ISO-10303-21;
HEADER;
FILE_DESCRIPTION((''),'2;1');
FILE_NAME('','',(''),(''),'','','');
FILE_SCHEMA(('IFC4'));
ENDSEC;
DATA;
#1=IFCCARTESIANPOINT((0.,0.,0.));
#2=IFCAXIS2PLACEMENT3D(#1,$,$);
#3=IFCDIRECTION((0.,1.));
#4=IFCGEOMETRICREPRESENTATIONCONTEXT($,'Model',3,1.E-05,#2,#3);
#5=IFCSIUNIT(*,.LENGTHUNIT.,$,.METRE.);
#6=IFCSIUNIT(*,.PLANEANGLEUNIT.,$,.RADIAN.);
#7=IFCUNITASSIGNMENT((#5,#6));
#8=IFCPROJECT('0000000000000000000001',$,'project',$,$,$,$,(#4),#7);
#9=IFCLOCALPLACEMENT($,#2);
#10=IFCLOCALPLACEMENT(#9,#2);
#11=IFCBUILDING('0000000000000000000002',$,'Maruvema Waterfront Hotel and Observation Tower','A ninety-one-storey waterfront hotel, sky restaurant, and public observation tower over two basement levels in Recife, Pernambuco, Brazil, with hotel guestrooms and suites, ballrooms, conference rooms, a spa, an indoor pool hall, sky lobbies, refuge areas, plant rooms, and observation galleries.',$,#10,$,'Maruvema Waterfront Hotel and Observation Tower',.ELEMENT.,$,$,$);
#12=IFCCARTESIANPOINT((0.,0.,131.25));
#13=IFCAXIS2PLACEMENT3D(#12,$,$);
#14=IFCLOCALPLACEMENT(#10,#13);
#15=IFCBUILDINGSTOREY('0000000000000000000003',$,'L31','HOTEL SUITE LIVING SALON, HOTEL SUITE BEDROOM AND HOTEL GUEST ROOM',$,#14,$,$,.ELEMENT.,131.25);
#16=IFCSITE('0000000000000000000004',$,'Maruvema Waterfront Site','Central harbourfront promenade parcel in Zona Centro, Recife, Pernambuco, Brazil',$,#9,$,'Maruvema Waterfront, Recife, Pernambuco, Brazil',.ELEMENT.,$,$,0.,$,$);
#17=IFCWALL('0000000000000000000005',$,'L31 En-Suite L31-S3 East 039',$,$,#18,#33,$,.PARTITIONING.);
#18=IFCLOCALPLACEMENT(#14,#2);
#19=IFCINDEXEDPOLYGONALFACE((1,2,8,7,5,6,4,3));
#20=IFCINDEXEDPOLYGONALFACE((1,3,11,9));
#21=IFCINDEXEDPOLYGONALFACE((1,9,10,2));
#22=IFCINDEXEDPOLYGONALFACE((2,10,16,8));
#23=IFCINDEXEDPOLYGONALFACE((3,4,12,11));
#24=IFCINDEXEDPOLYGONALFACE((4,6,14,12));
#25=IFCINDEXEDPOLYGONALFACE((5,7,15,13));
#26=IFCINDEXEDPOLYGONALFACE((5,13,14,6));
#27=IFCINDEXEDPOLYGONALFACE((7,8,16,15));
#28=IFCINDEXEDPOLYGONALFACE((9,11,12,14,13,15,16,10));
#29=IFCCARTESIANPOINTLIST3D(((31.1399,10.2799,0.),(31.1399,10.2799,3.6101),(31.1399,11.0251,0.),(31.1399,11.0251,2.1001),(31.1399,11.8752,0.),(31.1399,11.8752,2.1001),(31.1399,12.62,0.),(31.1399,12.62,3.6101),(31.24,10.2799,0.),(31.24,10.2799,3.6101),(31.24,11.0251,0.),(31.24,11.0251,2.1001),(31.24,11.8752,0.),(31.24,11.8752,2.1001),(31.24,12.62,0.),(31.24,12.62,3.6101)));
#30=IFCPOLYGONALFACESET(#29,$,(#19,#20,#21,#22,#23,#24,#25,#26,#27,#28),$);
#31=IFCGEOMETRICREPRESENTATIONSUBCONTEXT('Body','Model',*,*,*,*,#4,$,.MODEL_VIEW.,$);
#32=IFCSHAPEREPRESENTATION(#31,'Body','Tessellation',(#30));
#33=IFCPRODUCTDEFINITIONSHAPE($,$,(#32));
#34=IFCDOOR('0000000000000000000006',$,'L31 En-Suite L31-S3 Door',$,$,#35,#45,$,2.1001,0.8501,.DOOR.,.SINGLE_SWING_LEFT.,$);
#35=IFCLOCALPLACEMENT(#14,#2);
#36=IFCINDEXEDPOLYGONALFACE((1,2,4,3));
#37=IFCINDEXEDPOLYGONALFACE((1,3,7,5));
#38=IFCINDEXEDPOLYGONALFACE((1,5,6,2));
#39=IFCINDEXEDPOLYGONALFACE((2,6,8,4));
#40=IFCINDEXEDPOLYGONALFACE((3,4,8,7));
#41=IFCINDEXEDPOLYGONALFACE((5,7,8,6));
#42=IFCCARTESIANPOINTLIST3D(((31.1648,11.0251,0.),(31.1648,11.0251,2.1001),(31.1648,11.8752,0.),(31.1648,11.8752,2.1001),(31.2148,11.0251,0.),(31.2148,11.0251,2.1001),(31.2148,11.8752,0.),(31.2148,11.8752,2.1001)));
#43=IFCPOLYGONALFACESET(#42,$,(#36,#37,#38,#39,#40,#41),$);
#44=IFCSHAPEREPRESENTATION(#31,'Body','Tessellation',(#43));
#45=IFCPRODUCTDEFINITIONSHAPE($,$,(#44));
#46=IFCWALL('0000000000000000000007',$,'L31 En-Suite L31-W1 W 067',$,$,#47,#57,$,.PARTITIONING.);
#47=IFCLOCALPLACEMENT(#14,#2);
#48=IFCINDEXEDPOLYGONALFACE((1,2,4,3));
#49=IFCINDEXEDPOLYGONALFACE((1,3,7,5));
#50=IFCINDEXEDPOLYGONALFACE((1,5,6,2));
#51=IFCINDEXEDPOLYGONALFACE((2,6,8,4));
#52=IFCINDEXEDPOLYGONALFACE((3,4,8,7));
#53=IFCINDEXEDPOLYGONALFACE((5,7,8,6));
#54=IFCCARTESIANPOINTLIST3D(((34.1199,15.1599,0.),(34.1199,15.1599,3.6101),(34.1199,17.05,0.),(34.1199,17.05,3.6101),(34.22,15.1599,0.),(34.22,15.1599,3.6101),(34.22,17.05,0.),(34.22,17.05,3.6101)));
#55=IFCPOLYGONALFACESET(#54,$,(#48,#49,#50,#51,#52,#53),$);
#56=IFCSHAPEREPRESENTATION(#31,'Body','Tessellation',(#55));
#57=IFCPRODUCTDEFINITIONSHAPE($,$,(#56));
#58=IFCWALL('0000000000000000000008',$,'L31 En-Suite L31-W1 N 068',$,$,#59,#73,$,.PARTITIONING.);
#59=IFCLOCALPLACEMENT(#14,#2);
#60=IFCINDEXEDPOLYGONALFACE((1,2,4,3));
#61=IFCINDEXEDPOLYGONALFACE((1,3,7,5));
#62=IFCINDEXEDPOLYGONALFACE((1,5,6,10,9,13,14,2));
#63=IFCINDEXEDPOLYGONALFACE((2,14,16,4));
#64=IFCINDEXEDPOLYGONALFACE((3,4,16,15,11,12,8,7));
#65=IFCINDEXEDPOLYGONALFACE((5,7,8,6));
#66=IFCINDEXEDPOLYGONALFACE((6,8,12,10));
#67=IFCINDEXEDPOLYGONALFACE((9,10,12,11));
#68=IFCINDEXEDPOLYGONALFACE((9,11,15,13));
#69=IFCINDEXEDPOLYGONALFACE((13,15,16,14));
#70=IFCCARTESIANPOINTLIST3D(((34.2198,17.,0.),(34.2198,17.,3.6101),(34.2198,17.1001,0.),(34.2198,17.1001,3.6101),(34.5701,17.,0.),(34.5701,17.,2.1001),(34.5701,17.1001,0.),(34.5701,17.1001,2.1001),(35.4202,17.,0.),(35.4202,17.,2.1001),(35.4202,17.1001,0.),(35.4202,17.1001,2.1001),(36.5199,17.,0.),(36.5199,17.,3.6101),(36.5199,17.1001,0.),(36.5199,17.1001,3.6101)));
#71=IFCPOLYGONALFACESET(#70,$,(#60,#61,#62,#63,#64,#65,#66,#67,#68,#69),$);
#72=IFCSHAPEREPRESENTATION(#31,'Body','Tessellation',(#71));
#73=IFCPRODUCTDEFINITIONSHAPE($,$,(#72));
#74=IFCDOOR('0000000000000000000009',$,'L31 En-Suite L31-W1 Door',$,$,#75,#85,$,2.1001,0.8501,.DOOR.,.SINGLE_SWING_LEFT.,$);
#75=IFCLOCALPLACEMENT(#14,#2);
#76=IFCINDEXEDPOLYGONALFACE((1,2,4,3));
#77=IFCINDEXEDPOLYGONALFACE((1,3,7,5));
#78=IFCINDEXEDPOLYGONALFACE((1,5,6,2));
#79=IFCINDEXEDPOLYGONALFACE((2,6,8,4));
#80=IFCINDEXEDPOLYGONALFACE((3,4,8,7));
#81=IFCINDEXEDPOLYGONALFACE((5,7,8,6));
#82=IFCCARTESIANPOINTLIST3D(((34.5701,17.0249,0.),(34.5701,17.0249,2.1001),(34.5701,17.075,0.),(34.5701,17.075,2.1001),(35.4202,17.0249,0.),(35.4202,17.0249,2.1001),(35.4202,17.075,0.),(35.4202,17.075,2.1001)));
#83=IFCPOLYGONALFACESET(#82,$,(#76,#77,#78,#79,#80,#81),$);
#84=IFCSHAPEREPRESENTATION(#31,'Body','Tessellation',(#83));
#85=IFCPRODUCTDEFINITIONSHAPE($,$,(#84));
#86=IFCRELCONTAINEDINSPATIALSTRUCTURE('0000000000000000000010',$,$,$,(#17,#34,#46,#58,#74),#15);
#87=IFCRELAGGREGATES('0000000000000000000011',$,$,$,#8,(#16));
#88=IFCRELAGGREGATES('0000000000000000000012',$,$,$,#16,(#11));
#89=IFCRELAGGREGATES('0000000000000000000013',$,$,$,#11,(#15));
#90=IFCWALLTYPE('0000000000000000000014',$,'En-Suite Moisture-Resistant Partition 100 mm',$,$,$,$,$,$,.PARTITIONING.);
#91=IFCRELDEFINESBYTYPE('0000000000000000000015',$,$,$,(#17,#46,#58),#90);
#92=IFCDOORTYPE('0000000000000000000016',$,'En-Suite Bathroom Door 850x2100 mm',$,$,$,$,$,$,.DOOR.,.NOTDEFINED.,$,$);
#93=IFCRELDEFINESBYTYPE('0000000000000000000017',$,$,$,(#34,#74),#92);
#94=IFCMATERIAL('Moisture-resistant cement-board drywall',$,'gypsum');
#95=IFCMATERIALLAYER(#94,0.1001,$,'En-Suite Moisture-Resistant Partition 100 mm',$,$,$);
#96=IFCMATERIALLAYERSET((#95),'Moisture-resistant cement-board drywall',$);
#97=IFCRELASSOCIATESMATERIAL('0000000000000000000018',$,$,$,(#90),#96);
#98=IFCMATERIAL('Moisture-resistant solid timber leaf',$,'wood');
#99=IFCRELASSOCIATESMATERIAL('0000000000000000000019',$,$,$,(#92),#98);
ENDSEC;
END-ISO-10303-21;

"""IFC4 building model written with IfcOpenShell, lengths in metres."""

from ifc_helpers import new_model, si_unit, direction, frame, frame_2d, origin, place, context, subcontext, project, spatial, rectangle, extrude, material, layer, layer_set, type_object, element, fill, save


model = new_model("IFC4")

# Units and contexts
model_context = context("Model", 3, precision=1e-05, world=origin(), true_north=direction((0.0, 1.0)))
body_context = subcontext(model_context, "Body", "Model", "MODEL_VIEW")
ifc_project = project(units=[si_unit("LENGTHUNIT", "METRE"), si_unit("PLANEANGLEUNIT", "RADIAN")], contexts=[model_context])

# Site, building, storey
site_placement = place(None, origin())
site = spatial("IfcSite", under=ifc_project, at=site_placement, Name="Maruvema Waterfront Site", Description="Central harbourfront promenade parcel in Zona Centro, Recife, Pernambuco, Brazil", LongName="Maruvema Waterfront, Recife, Pernambuco, Brazil", CompositionType="ELEMENT", RefElevation=0.0)
building_placement = place(site_placement, origin())
building = spatial("IfcBuilding", under=site, at=building_placement, Name="Maruvema Waterfront Hotel and Observation Tower", Description="A ninety-one-storey waterfront hotel, sky restaurant, and public observation tower over two basement levels in Recife, Pernambuco, Brazil, with hotel guestrooms and suites, ballrooms, conference rooms, a spa, an indoor pool hall, sky lobbies, refuge areas, plant rooms, and observation galleries.", LongName="Maruvema Waterfront Hotel and Observation Tower", CompositionType="ELEMENT")
storey_placement = place(building_placement, frame((0.0, 0.0, 131.25)))
storey = spatial("IfcBuildingStorey", under=building, at=storey_placement, Name="L31", Description="HOTEL SUITE LIVING SALON, HOTEL SUITE BEDROOM AND HOTEL GUEST ROOM", CompositionType="ELEMENT", Elevation=131.25)

# Wall, opening, door
ifc_material_1 = material(Name="Moisture-resistant cement-board drywall", Category="gypsum")
ifc_layer_1 = layer(ifc_material_1, 0.1001, Name="En-Suite Moisture-Resistant Partition 100 mm")
ifc_layer_set_1 = layer_set([ifc_layer_1], Name="Moisture-resistant cement-board drywall")
wall_type_1 = type_object("IfcWallType", Name="En-Suite Moisture-Resistant Partition 100 mm", PredefinedType="PARTITIONING", material=ifc_layer_set_1)
wall_1_placement = place(storey_placement, frame((31.1899, 10.28, 0.0), z_axis=(0.0, 0.0, 1.0), x_axis=(0.0, 1.0, 0.0)))
wall_1 = element("IfcWall", 1, at=wall_1_placement, inside=storey, type_object=wall_type_1, Name="L31 En-Suite L31-S3 East 039", PredefinedType="PARTITIONING", context=body_context, shape_type="SweptSolid", body=[
    extrude(rectangle(XDim=2.3401, YDim=0.1001, at=frame_2d((1.1699, 0.0))), origin(), (0.0, 0.0, 1.0), 3.6101),
])
opening_1_placement = place(wall_1_placement, frame((0.7451, 0.0, 0.0)))
opening_1 = element("IfcOpeningElement", 2, at=opening_1_placement, cuts=wall_1, PredefinedType="OPENING", context=body_context, shape_type="SweptSolid", body=[
    extrude(rectangle(XDim=0.8501, YDim=2.1001, at=frame_2d((0.425, 1.05))), frame((0.0, 0.0601, 0.0), z_axis=(0.0, -1.0, 0.0), x_axis=(1.0, 0.0, 0.0)), (0.0, 0.0, 1.0), 0.1201),
])
ifc_material_2 = material(Name="Moisture-resistant solid timber leaf", Category="wood")
door_type_1 = type_object("IfcDoorType", Name="En-Suite Bathroom Door 850x2100 mm", OperationType="NOTDEFINED", PredefinedType="DOOR", material=ifc_material_2)
door_1_placement = place(opening_1_placement, frame((0.8501, 0.0, 0.0), z_axis=(0.0, 0.0, 1.0), x_axis=(-1.0, 0.0, 0.0)))
door_1 = element("IfcDoor", 3, at=door_1_placement, inside=storey, type_object=door_type_1, Name="L31 En-Suite L31-S3 Door", OperationType="SINGLE_SWING_LEFT", OverallHeight=2.1001, OverallWidth=0.8501, PredefinedType="DOOR", context=body_context, shape_type="SweptSolid", body=[
    extrude(rectangle(XDim=0.8501, YDim=2.1001, at=frame_2d((0.425, 1.05))), frame((0.0, 0.0249, 0.0), z_axis=(0.0, -1.0, 0.0), x_axis=(1.0, 0.0, 0.0)), (0.0, 0.0, 1.0), 0.05),
])
fill(opening_1, door_1)

# Wall
wall_2_placement = place(storey_placement, frame((34.1699, 15.1599, 0.0), z_axis=(0.0, 0.0, 1.0), x_axis=(0.0, 1.0, 0.0)))
element("IfcWall", 4, at=wall_2_placement, inside=storey, type_object=wall_type_1, Name="L31 En-Suite L31-W1 W 067", PredefinedType="PARTITIONING", context=body_context, shape_type="SweptSolid", body=[
    extrude(rectangle(XDim=1.8901, YDim=0.1001, at=frame_2d((0.9451, 0.0))), origin(), (0.0, 0.0, 1.0), 3.6101),
])

# Wall, opening, door
wall_3_placement = place(storey_placement, frame((34.22, 17.05, 0.0), z_axis=(0.0, 0.0, 1.0), x_axis=(1.0, 0.0, 0.0)))
wall_3 = element("IfcWall", 5, at=wall_3_placement, inside=storey, type_object=wall_type_1, Name="L31 En-Suite L31-W1 N 068", PredefinedType="PARTITIONING", context=body_context, shape_type="SweptSolid", body=[
    extrude(rectangle(XDim=2.3, YDim=0.1001, at=frame_2d((1.1499, 0.0))), origin(), (0.0, 0.0, 1.0), 3.6101),
])
opening_2_placement = place(wall_3_placement, frame((0.3501, 0.0, 0.0)))
opening_2 = element("IfcOpeningElement", 6, at=opening_2_placement, cuts=wall_3, PredefinedType="OPENING", context=body_context, shape_type="SweptSolid", body=[
    extrude(rectangle(XDim=0.8501, YDim=2.1001, at=frame_2d((0.425, 1.05))), frame((0.0, 0.0601, 0.0), z_axis=(0.0, -1.0, 0.0), x_axis=(1.0, 0.0, 0.0)), (0.0, 0.0, 1.0), 0.1201),
])
door_2_placement = place(opening_2_placement, origin())
door_2 = element("IfcDoor", 7, at=door_2_placement, inside=storey, type_object=door_type_1, Name="L31 En-Suite L31-W1 Door", OperationType="SINGLE_SWING_LEFT", OverallHeight=2.1001, OverallWidth=0.8501, PredefinedType="DOOR", context=body_context, shape_type="SweptSolid", body=[
    extrude(rectangle(XDim=0.8501, YDim=2.1001, at=frame_2d((0.425, 1.05))), frame((0.0, 0.0249, 0.0), z_axis=(0.0, -1.0, 0.0), x_axis=(1.0, 0.0, 0.0)), (0.0, 0.0, 1.0), 0.05),
])
fill(opening_2, door_2)

save(model, "model.ifc")
